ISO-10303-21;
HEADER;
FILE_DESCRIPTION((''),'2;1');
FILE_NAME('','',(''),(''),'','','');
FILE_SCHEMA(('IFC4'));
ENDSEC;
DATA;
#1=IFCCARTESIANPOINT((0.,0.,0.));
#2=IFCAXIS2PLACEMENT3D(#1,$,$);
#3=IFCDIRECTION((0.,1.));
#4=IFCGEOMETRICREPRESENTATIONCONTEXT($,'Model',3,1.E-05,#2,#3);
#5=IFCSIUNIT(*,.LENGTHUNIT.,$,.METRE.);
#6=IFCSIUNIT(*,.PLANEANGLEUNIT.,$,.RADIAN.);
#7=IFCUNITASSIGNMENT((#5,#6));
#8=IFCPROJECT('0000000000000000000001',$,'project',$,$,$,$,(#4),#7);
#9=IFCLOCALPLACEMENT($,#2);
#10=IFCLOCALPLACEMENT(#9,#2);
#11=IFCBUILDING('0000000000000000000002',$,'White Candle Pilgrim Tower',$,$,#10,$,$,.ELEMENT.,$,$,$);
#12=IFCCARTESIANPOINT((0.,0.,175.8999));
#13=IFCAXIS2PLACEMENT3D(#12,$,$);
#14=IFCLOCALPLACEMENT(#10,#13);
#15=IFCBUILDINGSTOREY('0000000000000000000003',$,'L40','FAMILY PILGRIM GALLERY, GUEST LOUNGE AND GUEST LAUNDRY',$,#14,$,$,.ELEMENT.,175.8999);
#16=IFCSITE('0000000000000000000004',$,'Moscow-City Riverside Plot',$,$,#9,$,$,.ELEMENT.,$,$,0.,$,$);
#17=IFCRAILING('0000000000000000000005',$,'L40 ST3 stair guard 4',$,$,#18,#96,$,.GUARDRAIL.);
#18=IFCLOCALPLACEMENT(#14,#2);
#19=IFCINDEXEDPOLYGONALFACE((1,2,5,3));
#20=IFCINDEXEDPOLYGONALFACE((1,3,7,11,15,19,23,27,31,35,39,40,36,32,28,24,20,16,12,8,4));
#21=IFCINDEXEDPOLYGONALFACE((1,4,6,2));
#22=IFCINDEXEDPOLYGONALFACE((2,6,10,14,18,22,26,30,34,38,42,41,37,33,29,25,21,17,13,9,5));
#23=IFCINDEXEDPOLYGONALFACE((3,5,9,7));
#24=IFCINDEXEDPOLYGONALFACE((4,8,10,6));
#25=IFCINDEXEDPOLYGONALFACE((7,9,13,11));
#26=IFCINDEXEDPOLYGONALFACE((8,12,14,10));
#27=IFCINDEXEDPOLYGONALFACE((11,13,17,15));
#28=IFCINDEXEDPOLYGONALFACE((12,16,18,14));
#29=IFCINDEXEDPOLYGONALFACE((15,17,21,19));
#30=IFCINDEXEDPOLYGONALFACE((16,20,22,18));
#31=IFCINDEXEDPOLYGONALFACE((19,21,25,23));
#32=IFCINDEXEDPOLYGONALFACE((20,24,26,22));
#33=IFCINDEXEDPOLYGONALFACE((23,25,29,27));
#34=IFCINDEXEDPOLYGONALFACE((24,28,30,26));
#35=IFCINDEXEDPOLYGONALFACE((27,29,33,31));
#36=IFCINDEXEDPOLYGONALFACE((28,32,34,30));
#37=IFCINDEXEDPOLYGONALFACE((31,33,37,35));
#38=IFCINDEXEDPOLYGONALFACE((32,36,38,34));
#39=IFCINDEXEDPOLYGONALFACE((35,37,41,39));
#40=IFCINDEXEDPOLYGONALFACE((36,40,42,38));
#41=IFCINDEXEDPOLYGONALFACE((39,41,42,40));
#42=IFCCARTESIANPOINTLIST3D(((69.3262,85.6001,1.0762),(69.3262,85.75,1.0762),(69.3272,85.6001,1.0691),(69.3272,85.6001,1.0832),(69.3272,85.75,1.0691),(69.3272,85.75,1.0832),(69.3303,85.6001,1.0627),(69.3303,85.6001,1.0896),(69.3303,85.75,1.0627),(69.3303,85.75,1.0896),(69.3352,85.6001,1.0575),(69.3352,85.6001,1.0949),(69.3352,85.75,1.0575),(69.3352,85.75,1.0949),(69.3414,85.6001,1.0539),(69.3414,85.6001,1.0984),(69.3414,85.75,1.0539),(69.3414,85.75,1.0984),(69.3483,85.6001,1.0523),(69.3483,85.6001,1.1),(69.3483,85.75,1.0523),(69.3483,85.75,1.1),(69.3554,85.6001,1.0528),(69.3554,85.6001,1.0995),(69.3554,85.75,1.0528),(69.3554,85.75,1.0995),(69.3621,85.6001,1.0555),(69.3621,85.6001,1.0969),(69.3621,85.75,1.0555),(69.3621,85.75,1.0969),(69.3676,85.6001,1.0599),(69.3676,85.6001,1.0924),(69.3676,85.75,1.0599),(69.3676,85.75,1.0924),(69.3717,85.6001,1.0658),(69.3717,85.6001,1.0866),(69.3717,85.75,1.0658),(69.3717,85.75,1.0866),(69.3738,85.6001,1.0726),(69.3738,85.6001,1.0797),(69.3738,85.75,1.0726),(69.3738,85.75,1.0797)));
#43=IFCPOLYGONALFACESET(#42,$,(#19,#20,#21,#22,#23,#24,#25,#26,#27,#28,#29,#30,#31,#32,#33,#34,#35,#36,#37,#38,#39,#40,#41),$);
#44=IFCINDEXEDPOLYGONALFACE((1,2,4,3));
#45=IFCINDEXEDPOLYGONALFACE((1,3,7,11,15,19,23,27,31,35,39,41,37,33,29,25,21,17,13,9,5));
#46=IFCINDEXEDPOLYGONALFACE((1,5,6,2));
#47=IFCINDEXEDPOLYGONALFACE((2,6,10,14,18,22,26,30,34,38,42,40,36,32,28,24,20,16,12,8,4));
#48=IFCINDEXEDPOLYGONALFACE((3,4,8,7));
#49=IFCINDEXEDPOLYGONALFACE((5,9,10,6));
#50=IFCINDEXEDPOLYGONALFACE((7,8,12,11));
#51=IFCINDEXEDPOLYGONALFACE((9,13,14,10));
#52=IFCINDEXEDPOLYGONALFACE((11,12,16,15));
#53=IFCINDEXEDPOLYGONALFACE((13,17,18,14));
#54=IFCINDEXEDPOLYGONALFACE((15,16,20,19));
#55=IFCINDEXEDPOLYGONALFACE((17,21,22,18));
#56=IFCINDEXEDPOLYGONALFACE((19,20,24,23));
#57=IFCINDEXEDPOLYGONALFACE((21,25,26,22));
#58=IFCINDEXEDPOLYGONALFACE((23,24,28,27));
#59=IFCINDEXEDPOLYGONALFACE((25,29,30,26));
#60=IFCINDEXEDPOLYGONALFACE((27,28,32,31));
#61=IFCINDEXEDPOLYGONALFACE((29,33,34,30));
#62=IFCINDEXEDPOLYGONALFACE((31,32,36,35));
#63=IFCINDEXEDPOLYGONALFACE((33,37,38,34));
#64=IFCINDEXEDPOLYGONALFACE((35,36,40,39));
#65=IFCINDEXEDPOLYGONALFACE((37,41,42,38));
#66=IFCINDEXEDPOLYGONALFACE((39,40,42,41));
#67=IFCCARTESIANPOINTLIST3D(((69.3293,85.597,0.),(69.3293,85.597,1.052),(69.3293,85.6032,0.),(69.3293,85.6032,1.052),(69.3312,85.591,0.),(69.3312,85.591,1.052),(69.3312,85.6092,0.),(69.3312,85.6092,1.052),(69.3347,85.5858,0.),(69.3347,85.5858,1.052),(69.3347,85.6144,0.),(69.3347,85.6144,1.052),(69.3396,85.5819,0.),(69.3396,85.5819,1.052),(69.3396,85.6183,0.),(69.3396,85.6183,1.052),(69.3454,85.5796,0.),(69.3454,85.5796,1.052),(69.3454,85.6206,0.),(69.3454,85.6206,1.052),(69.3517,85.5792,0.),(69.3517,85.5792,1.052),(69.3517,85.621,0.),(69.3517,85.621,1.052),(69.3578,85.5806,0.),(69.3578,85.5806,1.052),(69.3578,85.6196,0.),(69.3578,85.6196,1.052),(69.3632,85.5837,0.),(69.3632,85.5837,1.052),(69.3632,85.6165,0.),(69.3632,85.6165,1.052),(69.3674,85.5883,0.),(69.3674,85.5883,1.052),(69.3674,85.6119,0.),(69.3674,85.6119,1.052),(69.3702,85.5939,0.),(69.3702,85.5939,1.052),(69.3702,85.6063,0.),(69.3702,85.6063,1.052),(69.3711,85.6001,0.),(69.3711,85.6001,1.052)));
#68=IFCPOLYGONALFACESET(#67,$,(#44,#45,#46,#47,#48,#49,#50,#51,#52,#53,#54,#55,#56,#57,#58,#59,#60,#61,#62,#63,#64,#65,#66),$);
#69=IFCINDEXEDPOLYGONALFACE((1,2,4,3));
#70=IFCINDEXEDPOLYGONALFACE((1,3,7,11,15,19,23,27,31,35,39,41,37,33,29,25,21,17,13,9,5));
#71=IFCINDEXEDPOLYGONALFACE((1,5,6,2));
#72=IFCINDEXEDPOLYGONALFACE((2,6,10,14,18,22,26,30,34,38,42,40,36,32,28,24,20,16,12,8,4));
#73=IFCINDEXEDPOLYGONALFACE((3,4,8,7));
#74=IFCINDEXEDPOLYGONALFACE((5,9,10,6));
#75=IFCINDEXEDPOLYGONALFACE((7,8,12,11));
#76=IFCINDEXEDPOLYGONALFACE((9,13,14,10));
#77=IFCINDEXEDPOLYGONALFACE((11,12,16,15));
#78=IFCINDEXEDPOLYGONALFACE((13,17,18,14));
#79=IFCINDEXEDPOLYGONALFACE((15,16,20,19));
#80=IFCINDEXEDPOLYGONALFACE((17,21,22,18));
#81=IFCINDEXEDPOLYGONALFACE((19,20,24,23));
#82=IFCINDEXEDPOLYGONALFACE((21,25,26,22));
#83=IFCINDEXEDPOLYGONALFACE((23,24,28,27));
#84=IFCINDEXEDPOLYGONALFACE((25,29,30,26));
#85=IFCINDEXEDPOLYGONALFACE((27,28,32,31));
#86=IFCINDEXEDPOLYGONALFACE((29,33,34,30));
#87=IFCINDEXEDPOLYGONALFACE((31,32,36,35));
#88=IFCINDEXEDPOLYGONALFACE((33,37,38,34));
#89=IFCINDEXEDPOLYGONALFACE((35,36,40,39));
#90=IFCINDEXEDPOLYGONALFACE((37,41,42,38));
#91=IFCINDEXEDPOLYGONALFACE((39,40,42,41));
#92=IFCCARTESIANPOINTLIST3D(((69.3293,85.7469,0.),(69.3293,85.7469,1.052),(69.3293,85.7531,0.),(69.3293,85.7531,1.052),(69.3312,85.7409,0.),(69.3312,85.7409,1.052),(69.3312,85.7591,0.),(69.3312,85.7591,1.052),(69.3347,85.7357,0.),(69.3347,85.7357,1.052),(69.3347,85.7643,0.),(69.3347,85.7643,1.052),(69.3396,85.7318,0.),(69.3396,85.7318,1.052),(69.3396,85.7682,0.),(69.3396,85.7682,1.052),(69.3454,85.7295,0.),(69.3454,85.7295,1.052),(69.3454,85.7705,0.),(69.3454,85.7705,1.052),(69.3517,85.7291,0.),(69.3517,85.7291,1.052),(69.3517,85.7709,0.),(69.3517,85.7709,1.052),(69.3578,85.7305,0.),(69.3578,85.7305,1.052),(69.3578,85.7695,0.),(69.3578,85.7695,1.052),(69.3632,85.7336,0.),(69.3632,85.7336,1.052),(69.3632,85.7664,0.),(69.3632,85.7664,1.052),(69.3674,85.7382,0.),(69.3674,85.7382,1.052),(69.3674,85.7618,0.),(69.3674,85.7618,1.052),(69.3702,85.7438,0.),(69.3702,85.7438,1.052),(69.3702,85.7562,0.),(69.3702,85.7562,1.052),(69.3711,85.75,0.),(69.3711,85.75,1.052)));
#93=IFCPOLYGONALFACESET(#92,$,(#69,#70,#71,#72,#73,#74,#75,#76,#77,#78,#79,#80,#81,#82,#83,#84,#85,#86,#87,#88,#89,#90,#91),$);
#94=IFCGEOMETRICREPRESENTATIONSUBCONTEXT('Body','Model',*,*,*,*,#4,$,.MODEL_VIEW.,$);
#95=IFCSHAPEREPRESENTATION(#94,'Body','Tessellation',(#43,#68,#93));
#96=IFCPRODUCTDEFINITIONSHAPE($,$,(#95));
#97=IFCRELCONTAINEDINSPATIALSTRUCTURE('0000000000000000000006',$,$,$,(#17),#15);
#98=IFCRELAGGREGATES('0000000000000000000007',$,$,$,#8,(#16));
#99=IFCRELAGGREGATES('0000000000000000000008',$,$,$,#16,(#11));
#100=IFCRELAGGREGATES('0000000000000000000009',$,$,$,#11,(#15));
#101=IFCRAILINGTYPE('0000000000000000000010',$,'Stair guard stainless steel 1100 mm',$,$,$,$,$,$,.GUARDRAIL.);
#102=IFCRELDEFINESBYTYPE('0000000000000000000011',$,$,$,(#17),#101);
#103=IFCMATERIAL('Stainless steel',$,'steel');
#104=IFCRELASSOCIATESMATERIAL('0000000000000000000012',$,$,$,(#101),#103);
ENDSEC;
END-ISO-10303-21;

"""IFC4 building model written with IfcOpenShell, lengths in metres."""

from ifc_helpers import new_model, si_unit, direction, frame, origin, origin_2d, place, context, subcontext, project, spatial, circle, extrude, material, type_object, element, save


model = new_model("IFC4")

# Units and contexts
model_context = context("Model", 3, precision=1e-05, world=origin(), true_north=direction((0.0, 1.0)))
body_context = subcontext(model_context, "Body", "Model", "MODEL_VIEW")
ifc_project = project(units=[si_unit("LENGTHUNIT", "METRE"), si_unit("PLANEANGLEUNIT", "RADIAN")], contexts=[model_context])

# Site, building, storey
site_placement = place(None, origin())
site = spatial("IfcSite", under=ifc_project, at=site_placement, Name="Moscow-City Riverside Plot", CompositionType="ELEMENT", RefElevation=0.0)
building_placement = place(site_placement, origin())
building = spatial("IfcBuilding", under=site, at=building_placement, Name="White Candle Pilgrim Tower", CompositionType="ELEMENT")
storey_placement = place(building_placement, frame((0.0, 0.0, 175.8999)))
storey = spatial("IfcBuildingStorey", under=building, at=storey_placement, Name="L40", Description="FAMILY PILGRIM GALLERY, GUEST LOUNGE AND GUEST LAUNDRY", CompositionType="ELEMENT", Elevation=175.8999)

# Railing
ifc_material_1 = material(Name="Stainless steel", Category="steel")
railing_type_1 = type_object("IfcRailingType", Name="Stair guard stainless steel 1100 mm", PredefinedType="GUARDRAIL", material=ifc_material_1)
railing_1_placement = place(storey_placement, frame((69.3501, 85.6001, 0.0)))
element("IfcRailing", 1, at=railing_1_placement, inside=storey, type_object=railing_type_1, Name="L40 ST3 stair guard 4", PredefinedType="GUARDRAIL", context=body_context, shape_type="SweptSolid", body=[
    extrude(circle(Radius=0.0239, at=origin_2d()), frame((0.0, 0.0, 1.0762), z_axis=(0.0, 1.0, 0.0), x_axis=(-1.0, 0.0, 0.0)), (0.0, 0.0, 1.0), 0.1499),
    extrude(circle(Radius=0.021, at=origin_2d()), origin(), (0.0, 0.0, 1.0), 1.052),
    extrude(circle(Radius=0.021, at=origin_2d()), frame((0.0, 0.1499, 0.0)), (0.0, 0.0, 1.0), 1.052),
])

save(model, "model.ifc")
